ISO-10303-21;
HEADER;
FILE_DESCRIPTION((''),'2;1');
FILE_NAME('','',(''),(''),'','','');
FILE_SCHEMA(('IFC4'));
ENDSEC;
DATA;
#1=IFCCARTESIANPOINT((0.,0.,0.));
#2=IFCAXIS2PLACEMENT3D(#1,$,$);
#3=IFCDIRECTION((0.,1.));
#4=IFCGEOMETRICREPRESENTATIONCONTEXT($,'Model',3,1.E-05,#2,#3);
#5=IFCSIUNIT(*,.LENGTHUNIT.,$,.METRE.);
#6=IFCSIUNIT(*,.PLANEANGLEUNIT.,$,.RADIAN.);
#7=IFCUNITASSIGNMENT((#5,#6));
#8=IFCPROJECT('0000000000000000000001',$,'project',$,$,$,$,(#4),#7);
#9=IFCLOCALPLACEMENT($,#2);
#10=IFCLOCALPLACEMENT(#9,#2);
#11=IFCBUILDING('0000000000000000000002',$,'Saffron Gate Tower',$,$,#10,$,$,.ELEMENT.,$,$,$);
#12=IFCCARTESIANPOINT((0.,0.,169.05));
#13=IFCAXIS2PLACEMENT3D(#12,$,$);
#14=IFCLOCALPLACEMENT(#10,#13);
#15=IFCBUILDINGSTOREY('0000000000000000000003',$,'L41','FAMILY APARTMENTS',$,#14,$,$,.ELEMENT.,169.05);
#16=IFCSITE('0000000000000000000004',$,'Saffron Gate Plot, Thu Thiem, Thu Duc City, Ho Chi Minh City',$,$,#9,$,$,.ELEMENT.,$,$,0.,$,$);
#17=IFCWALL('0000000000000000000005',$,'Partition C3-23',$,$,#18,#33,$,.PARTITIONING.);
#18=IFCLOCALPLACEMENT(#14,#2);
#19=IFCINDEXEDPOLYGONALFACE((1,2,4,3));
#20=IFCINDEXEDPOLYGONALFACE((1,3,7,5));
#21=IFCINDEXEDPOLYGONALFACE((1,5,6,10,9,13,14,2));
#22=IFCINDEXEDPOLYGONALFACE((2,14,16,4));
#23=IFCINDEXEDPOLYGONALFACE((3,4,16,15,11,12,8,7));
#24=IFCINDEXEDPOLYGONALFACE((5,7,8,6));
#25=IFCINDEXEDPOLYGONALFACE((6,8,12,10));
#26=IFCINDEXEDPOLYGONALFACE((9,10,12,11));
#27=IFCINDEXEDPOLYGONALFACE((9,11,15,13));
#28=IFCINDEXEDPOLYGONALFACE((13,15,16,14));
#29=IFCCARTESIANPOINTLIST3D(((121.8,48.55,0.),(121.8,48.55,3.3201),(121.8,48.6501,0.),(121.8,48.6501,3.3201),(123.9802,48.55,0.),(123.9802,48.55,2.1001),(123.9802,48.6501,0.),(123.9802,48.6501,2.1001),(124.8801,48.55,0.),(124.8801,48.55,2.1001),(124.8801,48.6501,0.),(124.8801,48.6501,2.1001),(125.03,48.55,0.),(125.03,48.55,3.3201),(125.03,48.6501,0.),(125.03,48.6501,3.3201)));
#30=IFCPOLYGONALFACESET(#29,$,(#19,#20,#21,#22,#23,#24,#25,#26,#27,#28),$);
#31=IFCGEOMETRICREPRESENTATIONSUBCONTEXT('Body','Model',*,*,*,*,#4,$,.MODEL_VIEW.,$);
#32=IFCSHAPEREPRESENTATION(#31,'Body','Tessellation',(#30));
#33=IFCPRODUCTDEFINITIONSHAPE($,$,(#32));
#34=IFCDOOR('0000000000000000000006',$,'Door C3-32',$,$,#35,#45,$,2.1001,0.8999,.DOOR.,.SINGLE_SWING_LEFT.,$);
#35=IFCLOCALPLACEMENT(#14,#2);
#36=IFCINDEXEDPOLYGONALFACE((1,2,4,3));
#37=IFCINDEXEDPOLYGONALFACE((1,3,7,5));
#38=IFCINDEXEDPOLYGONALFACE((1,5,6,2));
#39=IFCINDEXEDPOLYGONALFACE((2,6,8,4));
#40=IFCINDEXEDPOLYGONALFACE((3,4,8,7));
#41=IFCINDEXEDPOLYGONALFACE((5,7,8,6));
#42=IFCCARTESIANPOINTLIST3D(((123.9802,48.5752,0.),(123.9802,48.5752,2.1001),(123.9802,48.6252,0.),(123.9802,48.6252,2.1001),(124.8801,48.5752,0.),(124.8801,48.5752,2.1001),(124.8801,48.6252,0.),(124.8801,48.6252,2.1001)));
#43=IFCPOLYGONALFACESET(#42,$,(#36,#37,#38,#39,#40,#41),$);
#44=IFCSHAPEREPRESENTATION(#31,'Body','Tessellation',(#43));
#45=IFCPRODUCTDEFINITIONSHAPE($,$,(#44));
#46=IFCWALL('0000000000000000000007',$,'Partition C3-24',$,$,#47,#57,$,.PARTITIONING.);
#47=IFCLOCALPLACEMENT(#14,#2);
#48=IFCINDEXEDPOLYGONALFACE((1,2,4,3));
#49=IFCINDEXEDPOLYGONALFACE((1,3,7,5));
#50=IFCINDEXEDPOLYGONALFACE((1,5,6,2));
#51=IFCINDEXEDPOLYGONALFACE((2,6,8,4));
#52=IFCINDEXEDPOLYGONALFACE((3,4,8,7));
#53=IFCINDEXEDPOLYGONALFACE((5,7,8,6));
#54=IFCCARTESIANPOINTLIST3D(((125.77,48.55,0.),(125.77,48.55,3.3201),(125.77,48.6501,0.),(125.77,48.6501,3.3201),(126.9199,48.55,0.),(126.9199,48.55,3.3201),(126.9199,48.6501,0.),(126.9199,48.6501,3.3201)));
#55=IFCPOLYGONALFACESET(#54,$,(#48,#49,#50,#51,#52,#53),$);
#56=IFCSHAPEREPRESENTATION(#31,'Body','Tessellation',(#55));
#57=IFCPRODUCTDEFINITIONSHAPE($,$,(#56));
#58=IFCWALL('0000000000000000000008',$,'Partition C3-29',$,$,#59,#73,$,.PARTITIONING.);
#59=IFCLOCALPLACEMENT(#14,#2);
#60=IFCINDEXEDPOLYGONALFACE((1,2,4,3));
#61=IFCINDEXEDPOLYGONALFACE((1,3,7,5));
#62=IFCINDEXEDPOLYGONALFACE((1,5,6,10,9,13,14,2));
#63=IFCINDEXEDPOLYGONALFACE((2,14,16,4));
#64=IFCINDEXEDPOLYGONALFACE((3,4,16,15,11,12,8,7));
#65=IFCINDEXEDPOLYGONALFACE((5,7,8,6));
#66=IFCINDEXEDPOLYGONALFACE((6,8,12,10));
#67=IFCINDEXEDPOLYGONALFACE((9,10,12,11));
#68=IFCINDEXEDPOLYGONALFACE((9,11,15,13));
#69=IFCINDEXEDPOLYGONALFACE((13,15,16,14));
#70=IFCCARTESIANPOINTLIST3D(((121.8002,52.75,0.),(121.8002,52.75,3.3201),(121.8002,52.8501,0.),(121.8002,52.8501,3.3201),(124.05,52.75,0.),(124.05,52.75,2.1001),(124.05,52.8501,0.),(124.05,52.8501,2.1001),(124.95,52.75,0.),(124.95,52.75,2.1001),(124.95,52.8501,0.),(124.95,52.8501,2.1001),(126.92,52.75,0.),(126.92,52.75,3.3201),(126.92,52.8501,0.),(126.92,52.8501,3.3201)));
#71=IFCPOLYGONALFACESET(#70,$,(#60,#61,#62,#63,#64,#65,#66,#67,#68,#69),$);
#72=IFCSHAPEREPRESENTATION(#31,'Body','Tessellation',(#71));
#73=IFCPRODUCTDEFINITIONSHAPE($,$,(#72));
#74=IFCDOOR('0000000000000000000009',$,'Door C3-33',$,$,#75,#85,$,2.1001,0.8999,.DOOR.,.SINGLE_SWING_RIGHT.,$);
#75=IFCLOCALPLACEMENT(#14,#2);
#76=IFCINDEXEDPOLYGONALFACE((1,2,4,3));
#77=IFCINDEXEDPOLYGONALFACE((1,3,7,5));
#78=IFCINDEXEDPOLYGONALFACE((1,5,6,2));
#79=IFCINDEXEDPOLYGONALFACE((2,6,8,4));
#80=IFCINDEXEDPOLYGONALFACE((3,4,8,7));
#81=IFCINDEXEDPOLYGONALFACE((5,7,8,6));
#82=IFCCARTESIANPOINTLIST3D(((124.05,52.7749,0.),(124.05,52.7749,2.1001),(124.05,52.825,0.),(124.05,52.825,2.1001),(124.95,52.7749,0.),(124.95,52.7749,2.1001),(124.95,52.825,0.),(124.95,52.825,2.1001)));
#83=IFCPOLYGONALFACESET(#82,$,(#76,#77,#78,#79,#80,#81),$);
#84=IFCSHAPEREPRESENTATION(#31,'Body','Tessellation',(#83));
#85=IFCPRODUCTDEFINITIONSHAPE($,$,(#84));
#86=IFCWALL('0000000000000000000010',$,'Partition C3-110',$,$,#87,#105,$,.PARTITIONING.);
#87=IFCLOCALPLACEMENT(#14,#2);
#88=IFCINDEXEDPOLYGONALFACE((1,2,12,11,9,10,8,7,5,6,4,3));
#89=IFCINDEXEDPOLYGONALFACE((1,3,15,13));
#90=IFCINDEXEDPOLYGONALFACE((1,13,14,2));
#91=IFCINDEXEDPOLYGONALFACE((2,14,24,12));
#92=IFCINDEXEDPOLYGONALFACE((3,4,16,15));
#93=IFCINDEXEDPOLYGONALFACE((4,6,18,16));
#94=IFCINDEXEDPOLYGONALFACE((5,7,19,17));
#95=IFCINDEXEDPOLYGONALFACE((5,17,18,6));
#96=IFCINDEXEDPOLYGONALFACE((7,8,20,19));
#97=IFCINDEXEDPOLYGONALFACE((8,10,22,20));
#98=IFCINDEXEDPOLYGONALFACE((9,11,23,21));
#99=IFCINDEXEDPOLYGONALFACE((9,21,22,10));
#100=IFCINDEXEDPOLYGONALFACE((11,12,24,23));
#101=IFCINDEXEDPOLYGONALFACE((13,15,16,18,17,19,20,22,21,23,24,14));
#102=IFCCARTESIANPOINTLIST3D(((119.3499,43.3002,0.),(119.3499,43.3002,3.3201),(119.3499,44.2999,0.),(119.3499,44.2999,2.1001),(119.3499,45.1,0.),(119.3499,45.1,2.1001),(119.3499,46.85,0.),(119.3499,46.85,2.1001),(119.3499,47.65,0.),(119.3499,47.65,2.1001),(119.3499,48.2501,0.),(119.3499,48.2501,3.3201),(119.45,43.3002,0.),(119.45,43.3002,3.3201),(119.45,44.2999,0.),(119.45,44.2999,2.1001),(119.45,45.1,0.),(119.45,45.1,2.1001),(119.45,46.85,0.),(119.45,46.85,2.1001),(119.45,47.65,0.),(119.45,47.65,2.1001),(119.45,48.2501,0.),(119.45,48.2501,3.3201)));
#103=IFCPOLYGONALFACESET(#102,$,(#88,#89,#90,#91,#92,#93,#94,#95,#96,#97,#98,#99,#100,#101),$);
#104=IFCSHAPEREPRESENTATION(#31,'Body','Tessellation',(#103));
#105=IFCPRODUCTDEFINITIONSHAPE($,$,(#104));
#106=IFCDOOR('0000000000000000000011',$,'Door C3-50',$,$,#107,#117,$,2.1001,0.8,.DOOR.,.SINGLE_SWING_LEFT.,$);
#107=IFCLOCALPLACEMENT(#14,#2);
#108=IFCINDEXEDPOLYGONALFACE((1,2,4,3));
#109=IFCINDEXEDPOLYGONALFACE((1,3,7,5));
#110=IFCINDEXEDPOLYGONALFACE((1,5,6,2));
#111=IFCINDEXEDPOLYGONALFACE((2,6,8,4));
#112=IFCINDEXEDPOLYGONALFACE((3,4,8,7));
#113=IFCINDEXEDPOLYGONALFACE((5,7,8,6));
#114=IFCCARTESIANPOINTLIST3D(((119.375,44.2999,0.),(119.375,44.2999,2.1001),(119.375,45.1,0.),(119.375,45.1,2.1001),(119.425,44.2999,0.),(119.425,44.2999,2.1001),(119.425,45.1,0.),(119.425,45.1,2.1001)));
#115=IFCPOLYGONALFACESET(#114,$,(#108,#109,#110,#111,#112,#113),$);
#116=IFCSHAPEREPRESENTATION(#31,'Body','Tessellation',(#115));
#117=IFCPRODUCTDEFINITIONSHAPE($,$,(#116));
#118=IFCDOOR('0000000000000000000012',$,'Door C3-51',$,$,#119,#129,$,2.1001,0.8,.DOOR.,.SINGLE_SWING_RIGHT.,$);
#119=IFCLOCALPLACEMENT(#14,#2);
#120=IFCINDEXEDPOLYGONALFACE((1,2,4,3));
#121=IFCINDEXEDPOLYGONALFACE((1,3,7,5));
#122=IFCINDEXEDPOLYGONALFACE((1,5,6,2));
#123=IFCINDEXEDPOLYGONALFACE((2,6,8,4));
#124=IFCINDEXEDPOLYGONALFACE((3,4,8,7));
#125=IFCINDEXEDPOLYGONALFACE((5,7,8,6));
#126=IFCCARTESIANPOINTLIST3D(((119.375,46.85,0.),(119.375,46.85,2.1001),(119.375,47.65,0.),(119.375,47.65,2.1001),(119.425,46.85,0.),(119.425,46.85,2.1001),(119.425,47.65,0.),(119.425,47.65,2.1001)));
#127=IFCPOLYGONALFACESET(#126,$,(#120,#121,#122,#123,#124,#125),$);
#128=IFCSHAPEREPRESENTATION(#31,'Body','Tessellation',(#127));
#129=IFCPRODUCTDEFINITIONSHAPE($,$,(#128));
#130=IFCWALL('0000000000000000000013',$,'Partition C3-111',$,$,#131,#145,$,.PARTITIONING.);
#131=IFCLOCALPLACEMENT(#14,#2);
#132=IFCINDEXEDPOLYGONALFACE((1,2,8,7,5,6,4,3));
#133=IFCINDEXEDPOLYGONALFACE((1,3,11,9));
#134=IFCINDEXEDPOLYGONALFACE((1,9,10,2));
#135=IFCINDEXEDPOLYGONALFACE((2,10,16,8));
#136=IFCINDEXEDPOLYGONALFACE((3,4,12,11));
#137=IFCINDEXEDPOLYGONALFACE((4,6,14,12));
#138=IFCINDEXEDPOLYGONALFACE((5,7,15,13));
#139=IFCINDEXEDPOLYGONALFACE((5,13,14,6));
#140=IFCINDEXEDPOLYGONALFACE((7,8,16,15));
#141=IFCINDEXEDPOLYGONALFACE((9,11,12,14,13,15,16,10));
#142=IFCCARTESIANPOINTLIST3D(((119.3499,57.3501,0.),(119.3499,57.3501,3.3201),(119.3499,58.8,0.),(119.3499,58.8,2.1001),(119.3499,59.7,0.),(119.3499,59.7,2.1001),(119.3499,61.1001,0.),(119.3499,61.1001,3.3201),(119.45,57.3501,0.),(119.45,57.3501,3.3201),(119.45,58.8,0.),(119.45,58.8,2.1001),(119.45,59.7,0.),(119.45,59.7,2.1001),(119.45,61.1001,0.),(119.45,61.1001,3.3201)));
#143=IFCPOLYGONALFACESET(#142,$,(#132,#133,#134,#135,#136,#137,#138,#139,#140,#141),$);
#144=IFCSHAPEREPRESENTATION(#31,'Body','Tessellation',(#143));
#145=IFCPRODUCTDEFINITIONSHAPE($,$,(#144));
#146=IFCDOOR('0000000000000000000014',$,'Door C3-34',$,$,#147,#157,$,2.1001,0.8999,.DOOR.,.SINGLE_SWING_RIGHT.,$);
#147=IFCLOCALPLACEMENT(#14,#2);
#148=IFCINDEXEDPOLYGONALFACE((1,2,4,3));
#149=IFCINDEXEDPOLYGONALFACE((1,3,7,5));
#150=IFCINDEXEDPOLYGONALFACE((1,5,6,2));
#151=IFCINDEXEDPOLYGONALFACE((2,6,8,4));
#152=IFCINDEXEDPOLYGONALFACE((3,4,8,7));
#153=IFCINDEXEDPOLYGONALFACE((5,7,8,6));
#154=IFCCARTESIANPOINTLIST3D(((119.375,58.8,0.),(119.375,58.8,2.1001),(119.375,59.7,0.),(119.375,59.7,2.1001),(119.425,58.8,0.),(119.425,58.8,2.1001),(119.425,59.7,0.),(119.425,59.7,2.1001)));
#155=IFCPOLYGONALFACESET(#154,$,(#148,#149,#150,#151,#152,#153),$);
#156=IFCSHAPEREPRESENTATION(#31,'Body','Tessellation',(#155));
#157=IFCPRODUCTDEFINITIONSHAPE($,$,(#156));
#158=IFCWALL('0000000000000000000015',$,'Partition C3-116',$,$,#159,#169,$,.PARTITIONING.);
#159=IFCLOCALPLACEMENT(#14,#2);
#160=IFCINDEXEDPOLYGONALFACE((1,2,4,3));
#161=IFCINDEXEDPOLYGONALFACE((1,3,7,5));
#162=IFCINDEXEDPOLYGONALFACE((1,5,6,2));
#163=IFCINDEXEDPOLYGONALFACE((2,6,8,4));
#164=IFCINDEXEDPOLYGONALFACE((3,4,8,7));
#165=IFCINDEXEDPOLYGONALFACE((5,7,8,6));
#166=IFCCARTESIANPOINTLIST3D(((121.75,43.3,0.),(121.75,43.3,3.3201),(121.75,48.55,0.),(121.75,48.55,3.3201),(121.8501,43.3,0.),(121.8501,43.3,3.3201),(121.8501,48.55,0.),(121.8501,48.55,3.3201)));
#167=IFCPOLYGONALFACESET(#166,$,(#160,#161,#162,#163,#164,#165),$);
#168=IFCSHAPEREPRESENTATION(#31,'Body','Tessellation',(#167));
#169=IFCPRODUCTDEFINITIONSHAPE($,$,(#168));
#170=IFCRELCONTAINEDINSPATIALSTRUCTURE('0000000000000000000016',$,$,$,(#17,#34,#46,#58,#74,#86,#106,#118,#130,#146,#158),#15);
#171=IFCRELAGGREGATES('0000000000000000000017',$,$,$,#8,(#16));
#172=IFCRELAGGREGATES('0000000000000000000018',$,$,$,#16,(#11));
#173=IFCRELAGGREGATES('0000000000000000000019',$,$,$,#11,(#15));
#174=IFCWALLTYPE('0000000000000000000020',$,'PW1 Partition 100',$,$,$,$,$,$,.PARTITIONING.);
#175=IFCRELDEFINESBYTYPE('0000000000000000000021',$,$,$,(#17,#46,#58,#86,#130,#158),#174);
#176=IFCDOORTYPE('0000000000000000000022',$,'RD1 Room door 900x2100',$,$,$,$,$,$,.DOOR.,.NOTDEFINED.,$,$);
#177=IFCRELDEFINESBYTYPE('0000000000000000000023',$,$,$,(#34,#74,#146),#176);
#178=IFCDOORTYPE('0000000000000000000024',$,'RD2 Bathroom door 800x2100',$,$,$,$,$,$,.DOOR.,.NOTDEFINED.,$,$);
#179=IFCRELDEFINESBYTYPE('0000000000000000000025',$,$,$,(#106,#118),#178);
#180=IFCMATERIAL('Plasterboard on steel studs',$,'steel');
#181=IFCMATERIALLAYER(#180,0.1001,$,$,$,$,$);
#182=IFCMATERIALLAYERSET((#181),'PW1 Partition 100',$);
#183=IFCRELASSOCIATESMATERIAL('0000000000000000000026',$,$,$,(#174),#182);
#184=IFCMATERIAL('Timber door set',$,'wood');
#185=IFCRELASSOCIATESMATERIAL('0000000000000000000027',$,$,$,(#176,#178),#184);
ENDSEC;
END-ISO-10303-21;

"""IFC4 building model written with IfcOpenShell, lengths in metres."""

from ifc_helpers import new_model, si_unit, direction, frame, frame_2d, origin, place, context, subcontext, project, spatial, rectangle, extrude, material, layer, layer_set, type_object, element, fill, save


model = new_model("IFC4")

# Units and contexts
model_context = context("Model", 3, precision=1e-05, world=origin(), true_north=direction((0.0, 1.0)))
body_context = subcontext(model_context, "Body", "Model", "MODEL_VIEW")
ifc_project = project(units=[si_unit("LENGTHUNIT", "METRE"), si_unit("PLANEANGLEUNIT", "RADIAN")], contexts=[model_context])

# Site, building, storey
site_placement = place(None, origin())
site = spatial("IfcSite", under=ifc_project, at=site_placement, Name="Saffron Gate Plot, Thu Thiem, Thu Duc City, Ho Chi Minh City", CompositionType="ELEMENT", RefElevation=0.0)
building_placement = place(site_placement, origin())
building = spatial("IfcBuilding", under=site, at=building_placement, Name="Saffron Gate Tower", CompositionType="ELEMENT")
storey_placement = place(building_placement, frame((0.0, 0.0, 169.05)))
storey = spatial("IfcBuildingStorey", under=building, at=storey_placement, Name="L41", Description="FAMILY APARTMENTS", CompositionType="ELEMENT", Elevation=169.05)

# Wall, opening, door
ifc_material_1 = material(Name="Plasterboard on steel studs", Category="steel")
ifc_layer_1 = layer(ifc_material_1, 0.1001)
ifc_layer_set_1 = layer_set([ifc_layer_1], Name="PW1 Partition 100")
wall_type_1 = type_object("IfcWallType", Name="PW1 Partition 100", PredefinedType="PARTITIONING", material=ifc_layer_set_1)
wall_1_placement = place(storey_placement, frame((125.03, 48.6001, 0.0), z_axis=(0.0, 0.0, 1.0), x_axis=(-1.0, 0.0, 0.0)))
wall_1 = element("IfcWall", 1, at=wall_1_placement, inside=storey, type_object=wall_type_1, Name="Partition C3-23", PredefinedType="PARTITIONING", context=body_context, shape_type="SweptSolid", body=[
    extrude(rectangle(XDim=3.23, YDim=0.1001, at=frame_2d((1.615, 0.0))), origin(), (0.0, 0.0, 1.0), 3.3201),
])
opening_1_placement = place(wall_1_placement, frame((0.1499, 0.0, 0.0)))
opening_1 = element("IfcOpeningElement", 2, at=opening_1_placement, cuts=wall_1, PredefinedType="OPENING", context=body_context, shape_type="SweptSolid", body=[
    extrude(rectangle(XDim=0.8999, YDim=2.1001, at=frame_2d((0.45, 1.05))), frame((0.0, 0.0601, 0.0), z_axis=(0.0, -1.0, 0.0), x_axis=(1.0, 0.0, 0.0)), (0.0, 0.0, 1.0), 0.1201),
])
ifc_material_2 = material(Name="Timber door set", Category="wood")
door_type_1 = type_object("IfcDoorType", Name="RD1 Room door 900x2100", OperationType="NOTDEFINED", PredefinedType="DOOR", material=ifc_material_2)
door_1_placement = place(opening_1_placement, origin())
door_1 = element("IfcDoor", 3, at=door_1_placement, inside=storey, type_object=door_type_1, Name="Door C3-32", OperationType="SINGLE_SWING_LEFT", OverallHeight=2.1001, OverallWidth=0.8999, PredefinedType="DOOR", context=body_context, shape_type="SweptSolid", body=[
    extrude(rectangle(XDim=0.8999, YDim=2.1001, at=frame_2d((0.45, 1.05))), frame((0.0, 0.0249, 0.0), z_axis=(0.0, -1.0, 0.0), x_axis=(1.0, 0.0, 0.0)), (0.0, 0.0, 1.0), 0.05),
])
fill(opening_1, door_1)

# Wall
wall_2_placement = place(storey_placement, frame((125.77, 48.6001, 0.0), z_axis=(0.0, 0.0, 1.0), x_axis=(1.0, 0.0, 0.0)))
element("IfcWall", 4, at=wall_2_placement, inside=storey, type_object=wall_type_1, Name="Partition C3-24", PredefinedType="PARTITIONING", context=body_context, shape_type="SweptSolid", body=[
    extrude(rectangle(XDim=1.1499, YDim=0.1001, at=frame_2d((0.575, 0.0))), origin(), (0.0, 0.0, 1.0), 3.3201),
])

# Wall, opening, door
wall_3_placement = place(storey_placement, frame((121.8, 52.8, 0.0), z_axis=(0.0, 0.0, 1.0), x_axis=(1.0, 0.0, 0.0)))
wall_3 = element("IfcWall", 5, at=wall_3_placement, inside=storey, type_object=wall_type_1, Name="Partition C3-29", PredefinedType="PARTITIONING", context=body_context, shape_type="SweptSolid", body=[
    extrude(rectangle(XDim=5.1199, YDim=0.1001, at=frame_2d((2.5601, 0.0))), origin(), (0.0, 0.0, 1.0), 3.3201),
])
opening_2_placement = place(wall_3_placement, frame((2.25, 0.0, 0.0)))
opening_2 = element("IfcOpeningElement", 6, at=opening_2_placement, cuts=wall_3, PredefinedType="OPENING", context=body_context, shape_type="SweptSolid", body=[
    extrude(rectangle(XDim=0.8999, YDim=2.1001, at=frame_2d((0.45, 1.05))), frame((0.0, 0.0601, 0.0), z_axis=(0.0, -1.0, 0.0), x_axis=(1.0, 0.0, 0.0)), (0.0, 0.0, 1.0), 0.1201),
])
door_2_placement = place(opening_2_placement, origin())
door_2 = element("IfcDoor", 7, at=door_2_placement, inside=storey, type_object=door_type_1, Name="Door C3-33", OperationType="SINGLE_SWING_RIGHT", OverallHeight=2.1001, OverallWidth=0.8999, PredefinedType="DOOR", context=body_context, shape_type="SweptSolid", body=[
    extrude(rectangle(XDim=0.8999, YDim=2.1001, at=frame_2d((0.45, 1.05))), frame((0.0, 0.0249, 0.0), z_axis=(0.0, -1.0, 0.0), x_axis=(1.0, 0.0, 0.0)), (0.0, 0.0, 1.0), 0.05),
])
fill(opening_2, door_2)

# Wall, openings, doors
wall_4_placement = place(storey_placement, frame((119.3999, 43.3, 0.0), z_axis=(0.0, 0.0, 1.0), x_axis=(0.0, 1.0, 0.0)))
wall_4 = element("IfcWall", 8, at=wall_4_placement, inside=storey, type_object=wall_type_1, Name="Partition C3-110", PredefinedType="PARTITIONING", context=body_context, shape_type="SweptSolid", body=[
    extrude(rectangle(XDim=4.95, YDim=0.1001, at=frame_2d((2.4751, 0.0))), origin(), (0.0, 0.0, 1.0), 3.3201),
])
opening_3_placement = place(wall_4_placement, frame((1.0, 0.0, 0.0)))
opening_3 = element("IfcOpeningElement", 9, at=opening_3_placement, cuts=wall_4, PredefinedType="OPENING", context=body_context, shape_type="SweptSolid", body=[
    extrude(rectangle(XDim=0.8, YDim=2.1001, at=frame_2d((0.3999, 1.05))), frame((0.0, 0.0601, 0.0), z_axis=(0.0, -1.0, 0.0), x_axis=(1.0, 0.0, 0.0)), (0.0, 0.0, 1.0), 0.1201),
])
opening_4_placement = place(wall_4_placement, frame((3.55, 0.0, 0.0)))
opening_4 = element("IfcOpeningElement", 10, at=opening_4_placement, cuts=wall_4, PredefinedType="OPENING", context=body_context, shape_type="SweptSolid", body=[
    extrude(rectangle(XDim=0.8, YDim=2.1001, at=frame_2d((0.3999, 1.05))), frame((0.0, 0.0601, 0.0), z_axis=(0.0, -1.0, 0.0), x_axis=(1.0, 0.0, 0.0)), (0.0, 0.0, 1.0), 0.1201),
])
door_type_2 = type_object("IfcDoorType", Name="RD2 Bathroom door 800x2100", OperationType="NOTDEFINED", PredefinedType="DOOR", material=ifc_material_2)
door_3_placement = place(opening_3_placement, origin())
door_3 = element("IfcDoor", 11, at=door_3_placement, inside=storey, type_object=door_type_2, Name="Door C3-50", OperationType="SINGLE_SWING_LEFT", OverallHeight=2.1001, OverallWidth=0.8, PredefinedType="DOOR", context=body_context, shape_type="SweptSolid", body=[
    extrude(rectangle(XDim=0.8, YDim=2.1001, at=frame_2d((0.3999, 1.05))), frame((0.0, 0.0249, 0.0), z_axis=(0.0, -1.0, 0.0), x_axis=(1.0, 0.0, 0.0)), (0.0, 0.0, 1.0), 0.05),
])
fill(opening_3, door_3)
door_4_placement = place(opening_4_placement, origin())
door_4 = element("IfcDoor", 12, at=door_4_placement, inside=storey, type_object=door_type_2, Name="Door C3-51", OperationType="SINGLE_SWING_RIGHT", OverallHeight=2.1001, OverallWidth=0.8, PredefinedType="DOOR", context=body_context, shape_type="SweptSolid", body=[
    extrude(rectangle(XDim=0.8, YDim=2.1001, at=frame_2d((0.3999, 1.05))), frame((0.0, 0.0249, 0.0), z_axis=(0.0, -1.0, 0.0), x_axis=(1.0, 0.0, 0.0)), (0.0, 0.0, 1.0), 0.05),
])
fill(opening_4, door_4)

# Wall, opening, door
wall_5_placement = place(storey_placement, frame((119.3999, 57.3501, 0.0), z_axis=(0.0, 0.0, 1.0), x_axis=(0.0, 1.0, 0.0)))
wall_5 = element("IfcWall", 13, at=wall_5_placement, inside=storey, type_object=wall_type_1, Name="Partition C3-111", PredefinedType="PARTITIONING", context=body_context, shape_type="SweptSolid", body=[
    extrude(rectangle(XDim=3.75, YDim=0.1001, at=frame_2d((1.875, 0.0))), origin(), (0.0, 0.0, 1.0), 3.3201),
])
opening_5_placement = place(wall_5_placement, frame((1.45, 0.0, 0.0)))
opening_5 = element("IfcOpeningElement", 14, at=opening_5_placement, cuts=wall_5, PredefinedType="OPENING", context=body_context, shape_type="SweptSolid", body=[
    extrude(rectangle(XDim=0.8999, YDim=2.1001, at=frame_2d((0.45, 1.05))), frame((0.0, 0.0601, 0.0), z_axis=(0.0, -1.0, 0.0), x_axis=(1.0, 0.0, 0.0)), (0.0, 0.0, 1.0), 0.1201),
])
door_5_placement = place(opening_5_placement, origin())
door_5 = element("IfcDoor", 15, at=door_5_placement, inside=storey, type_object=door_type_1, Name="Door C3-34", OperationType="SINGLE_SWING_RIGHT", OverallHeight=2.1001, OverallWidth=0.8999, PredefinedType="DOOR", context=body_context, shape_type="SweptSolid", body=[
    extrude(rectangle(XDim=0.8999, YDim=2.1001, at=frame_2d((0.45, 1.05))), frame((0.0, 0.0249, 0.0), z_axis=(0.0, -1.0, 0.0), x_axis=(1.0, 0.0, 0.0)), (0.0, 0.0, 1.0), 0.05),
])
fill(opening_5, door_5)

# Wall
wall_6_placement = place(storey_placement, frame((121.8, 48.55, 0.0), z_axis=(0.0, 0.0, 1.0), x_axis=(0.0, -1.0, 0.0)))
element("IfcWall", 16, at=wall_6_placement, inside=storey, type_object=wall_type_1, Name="Partition C3-116", PredefinedType="PARTITIONING", context=body_context, shape_type="SweptSolid", body=[
    extrude(rectangle(XDim=5.25, YDim=0.1001, at=frame_2d((2.625, 0.0))), origin(), (0.0, 0.0, 1.0), 3.3201),
])

save(model, "model.ifc")
